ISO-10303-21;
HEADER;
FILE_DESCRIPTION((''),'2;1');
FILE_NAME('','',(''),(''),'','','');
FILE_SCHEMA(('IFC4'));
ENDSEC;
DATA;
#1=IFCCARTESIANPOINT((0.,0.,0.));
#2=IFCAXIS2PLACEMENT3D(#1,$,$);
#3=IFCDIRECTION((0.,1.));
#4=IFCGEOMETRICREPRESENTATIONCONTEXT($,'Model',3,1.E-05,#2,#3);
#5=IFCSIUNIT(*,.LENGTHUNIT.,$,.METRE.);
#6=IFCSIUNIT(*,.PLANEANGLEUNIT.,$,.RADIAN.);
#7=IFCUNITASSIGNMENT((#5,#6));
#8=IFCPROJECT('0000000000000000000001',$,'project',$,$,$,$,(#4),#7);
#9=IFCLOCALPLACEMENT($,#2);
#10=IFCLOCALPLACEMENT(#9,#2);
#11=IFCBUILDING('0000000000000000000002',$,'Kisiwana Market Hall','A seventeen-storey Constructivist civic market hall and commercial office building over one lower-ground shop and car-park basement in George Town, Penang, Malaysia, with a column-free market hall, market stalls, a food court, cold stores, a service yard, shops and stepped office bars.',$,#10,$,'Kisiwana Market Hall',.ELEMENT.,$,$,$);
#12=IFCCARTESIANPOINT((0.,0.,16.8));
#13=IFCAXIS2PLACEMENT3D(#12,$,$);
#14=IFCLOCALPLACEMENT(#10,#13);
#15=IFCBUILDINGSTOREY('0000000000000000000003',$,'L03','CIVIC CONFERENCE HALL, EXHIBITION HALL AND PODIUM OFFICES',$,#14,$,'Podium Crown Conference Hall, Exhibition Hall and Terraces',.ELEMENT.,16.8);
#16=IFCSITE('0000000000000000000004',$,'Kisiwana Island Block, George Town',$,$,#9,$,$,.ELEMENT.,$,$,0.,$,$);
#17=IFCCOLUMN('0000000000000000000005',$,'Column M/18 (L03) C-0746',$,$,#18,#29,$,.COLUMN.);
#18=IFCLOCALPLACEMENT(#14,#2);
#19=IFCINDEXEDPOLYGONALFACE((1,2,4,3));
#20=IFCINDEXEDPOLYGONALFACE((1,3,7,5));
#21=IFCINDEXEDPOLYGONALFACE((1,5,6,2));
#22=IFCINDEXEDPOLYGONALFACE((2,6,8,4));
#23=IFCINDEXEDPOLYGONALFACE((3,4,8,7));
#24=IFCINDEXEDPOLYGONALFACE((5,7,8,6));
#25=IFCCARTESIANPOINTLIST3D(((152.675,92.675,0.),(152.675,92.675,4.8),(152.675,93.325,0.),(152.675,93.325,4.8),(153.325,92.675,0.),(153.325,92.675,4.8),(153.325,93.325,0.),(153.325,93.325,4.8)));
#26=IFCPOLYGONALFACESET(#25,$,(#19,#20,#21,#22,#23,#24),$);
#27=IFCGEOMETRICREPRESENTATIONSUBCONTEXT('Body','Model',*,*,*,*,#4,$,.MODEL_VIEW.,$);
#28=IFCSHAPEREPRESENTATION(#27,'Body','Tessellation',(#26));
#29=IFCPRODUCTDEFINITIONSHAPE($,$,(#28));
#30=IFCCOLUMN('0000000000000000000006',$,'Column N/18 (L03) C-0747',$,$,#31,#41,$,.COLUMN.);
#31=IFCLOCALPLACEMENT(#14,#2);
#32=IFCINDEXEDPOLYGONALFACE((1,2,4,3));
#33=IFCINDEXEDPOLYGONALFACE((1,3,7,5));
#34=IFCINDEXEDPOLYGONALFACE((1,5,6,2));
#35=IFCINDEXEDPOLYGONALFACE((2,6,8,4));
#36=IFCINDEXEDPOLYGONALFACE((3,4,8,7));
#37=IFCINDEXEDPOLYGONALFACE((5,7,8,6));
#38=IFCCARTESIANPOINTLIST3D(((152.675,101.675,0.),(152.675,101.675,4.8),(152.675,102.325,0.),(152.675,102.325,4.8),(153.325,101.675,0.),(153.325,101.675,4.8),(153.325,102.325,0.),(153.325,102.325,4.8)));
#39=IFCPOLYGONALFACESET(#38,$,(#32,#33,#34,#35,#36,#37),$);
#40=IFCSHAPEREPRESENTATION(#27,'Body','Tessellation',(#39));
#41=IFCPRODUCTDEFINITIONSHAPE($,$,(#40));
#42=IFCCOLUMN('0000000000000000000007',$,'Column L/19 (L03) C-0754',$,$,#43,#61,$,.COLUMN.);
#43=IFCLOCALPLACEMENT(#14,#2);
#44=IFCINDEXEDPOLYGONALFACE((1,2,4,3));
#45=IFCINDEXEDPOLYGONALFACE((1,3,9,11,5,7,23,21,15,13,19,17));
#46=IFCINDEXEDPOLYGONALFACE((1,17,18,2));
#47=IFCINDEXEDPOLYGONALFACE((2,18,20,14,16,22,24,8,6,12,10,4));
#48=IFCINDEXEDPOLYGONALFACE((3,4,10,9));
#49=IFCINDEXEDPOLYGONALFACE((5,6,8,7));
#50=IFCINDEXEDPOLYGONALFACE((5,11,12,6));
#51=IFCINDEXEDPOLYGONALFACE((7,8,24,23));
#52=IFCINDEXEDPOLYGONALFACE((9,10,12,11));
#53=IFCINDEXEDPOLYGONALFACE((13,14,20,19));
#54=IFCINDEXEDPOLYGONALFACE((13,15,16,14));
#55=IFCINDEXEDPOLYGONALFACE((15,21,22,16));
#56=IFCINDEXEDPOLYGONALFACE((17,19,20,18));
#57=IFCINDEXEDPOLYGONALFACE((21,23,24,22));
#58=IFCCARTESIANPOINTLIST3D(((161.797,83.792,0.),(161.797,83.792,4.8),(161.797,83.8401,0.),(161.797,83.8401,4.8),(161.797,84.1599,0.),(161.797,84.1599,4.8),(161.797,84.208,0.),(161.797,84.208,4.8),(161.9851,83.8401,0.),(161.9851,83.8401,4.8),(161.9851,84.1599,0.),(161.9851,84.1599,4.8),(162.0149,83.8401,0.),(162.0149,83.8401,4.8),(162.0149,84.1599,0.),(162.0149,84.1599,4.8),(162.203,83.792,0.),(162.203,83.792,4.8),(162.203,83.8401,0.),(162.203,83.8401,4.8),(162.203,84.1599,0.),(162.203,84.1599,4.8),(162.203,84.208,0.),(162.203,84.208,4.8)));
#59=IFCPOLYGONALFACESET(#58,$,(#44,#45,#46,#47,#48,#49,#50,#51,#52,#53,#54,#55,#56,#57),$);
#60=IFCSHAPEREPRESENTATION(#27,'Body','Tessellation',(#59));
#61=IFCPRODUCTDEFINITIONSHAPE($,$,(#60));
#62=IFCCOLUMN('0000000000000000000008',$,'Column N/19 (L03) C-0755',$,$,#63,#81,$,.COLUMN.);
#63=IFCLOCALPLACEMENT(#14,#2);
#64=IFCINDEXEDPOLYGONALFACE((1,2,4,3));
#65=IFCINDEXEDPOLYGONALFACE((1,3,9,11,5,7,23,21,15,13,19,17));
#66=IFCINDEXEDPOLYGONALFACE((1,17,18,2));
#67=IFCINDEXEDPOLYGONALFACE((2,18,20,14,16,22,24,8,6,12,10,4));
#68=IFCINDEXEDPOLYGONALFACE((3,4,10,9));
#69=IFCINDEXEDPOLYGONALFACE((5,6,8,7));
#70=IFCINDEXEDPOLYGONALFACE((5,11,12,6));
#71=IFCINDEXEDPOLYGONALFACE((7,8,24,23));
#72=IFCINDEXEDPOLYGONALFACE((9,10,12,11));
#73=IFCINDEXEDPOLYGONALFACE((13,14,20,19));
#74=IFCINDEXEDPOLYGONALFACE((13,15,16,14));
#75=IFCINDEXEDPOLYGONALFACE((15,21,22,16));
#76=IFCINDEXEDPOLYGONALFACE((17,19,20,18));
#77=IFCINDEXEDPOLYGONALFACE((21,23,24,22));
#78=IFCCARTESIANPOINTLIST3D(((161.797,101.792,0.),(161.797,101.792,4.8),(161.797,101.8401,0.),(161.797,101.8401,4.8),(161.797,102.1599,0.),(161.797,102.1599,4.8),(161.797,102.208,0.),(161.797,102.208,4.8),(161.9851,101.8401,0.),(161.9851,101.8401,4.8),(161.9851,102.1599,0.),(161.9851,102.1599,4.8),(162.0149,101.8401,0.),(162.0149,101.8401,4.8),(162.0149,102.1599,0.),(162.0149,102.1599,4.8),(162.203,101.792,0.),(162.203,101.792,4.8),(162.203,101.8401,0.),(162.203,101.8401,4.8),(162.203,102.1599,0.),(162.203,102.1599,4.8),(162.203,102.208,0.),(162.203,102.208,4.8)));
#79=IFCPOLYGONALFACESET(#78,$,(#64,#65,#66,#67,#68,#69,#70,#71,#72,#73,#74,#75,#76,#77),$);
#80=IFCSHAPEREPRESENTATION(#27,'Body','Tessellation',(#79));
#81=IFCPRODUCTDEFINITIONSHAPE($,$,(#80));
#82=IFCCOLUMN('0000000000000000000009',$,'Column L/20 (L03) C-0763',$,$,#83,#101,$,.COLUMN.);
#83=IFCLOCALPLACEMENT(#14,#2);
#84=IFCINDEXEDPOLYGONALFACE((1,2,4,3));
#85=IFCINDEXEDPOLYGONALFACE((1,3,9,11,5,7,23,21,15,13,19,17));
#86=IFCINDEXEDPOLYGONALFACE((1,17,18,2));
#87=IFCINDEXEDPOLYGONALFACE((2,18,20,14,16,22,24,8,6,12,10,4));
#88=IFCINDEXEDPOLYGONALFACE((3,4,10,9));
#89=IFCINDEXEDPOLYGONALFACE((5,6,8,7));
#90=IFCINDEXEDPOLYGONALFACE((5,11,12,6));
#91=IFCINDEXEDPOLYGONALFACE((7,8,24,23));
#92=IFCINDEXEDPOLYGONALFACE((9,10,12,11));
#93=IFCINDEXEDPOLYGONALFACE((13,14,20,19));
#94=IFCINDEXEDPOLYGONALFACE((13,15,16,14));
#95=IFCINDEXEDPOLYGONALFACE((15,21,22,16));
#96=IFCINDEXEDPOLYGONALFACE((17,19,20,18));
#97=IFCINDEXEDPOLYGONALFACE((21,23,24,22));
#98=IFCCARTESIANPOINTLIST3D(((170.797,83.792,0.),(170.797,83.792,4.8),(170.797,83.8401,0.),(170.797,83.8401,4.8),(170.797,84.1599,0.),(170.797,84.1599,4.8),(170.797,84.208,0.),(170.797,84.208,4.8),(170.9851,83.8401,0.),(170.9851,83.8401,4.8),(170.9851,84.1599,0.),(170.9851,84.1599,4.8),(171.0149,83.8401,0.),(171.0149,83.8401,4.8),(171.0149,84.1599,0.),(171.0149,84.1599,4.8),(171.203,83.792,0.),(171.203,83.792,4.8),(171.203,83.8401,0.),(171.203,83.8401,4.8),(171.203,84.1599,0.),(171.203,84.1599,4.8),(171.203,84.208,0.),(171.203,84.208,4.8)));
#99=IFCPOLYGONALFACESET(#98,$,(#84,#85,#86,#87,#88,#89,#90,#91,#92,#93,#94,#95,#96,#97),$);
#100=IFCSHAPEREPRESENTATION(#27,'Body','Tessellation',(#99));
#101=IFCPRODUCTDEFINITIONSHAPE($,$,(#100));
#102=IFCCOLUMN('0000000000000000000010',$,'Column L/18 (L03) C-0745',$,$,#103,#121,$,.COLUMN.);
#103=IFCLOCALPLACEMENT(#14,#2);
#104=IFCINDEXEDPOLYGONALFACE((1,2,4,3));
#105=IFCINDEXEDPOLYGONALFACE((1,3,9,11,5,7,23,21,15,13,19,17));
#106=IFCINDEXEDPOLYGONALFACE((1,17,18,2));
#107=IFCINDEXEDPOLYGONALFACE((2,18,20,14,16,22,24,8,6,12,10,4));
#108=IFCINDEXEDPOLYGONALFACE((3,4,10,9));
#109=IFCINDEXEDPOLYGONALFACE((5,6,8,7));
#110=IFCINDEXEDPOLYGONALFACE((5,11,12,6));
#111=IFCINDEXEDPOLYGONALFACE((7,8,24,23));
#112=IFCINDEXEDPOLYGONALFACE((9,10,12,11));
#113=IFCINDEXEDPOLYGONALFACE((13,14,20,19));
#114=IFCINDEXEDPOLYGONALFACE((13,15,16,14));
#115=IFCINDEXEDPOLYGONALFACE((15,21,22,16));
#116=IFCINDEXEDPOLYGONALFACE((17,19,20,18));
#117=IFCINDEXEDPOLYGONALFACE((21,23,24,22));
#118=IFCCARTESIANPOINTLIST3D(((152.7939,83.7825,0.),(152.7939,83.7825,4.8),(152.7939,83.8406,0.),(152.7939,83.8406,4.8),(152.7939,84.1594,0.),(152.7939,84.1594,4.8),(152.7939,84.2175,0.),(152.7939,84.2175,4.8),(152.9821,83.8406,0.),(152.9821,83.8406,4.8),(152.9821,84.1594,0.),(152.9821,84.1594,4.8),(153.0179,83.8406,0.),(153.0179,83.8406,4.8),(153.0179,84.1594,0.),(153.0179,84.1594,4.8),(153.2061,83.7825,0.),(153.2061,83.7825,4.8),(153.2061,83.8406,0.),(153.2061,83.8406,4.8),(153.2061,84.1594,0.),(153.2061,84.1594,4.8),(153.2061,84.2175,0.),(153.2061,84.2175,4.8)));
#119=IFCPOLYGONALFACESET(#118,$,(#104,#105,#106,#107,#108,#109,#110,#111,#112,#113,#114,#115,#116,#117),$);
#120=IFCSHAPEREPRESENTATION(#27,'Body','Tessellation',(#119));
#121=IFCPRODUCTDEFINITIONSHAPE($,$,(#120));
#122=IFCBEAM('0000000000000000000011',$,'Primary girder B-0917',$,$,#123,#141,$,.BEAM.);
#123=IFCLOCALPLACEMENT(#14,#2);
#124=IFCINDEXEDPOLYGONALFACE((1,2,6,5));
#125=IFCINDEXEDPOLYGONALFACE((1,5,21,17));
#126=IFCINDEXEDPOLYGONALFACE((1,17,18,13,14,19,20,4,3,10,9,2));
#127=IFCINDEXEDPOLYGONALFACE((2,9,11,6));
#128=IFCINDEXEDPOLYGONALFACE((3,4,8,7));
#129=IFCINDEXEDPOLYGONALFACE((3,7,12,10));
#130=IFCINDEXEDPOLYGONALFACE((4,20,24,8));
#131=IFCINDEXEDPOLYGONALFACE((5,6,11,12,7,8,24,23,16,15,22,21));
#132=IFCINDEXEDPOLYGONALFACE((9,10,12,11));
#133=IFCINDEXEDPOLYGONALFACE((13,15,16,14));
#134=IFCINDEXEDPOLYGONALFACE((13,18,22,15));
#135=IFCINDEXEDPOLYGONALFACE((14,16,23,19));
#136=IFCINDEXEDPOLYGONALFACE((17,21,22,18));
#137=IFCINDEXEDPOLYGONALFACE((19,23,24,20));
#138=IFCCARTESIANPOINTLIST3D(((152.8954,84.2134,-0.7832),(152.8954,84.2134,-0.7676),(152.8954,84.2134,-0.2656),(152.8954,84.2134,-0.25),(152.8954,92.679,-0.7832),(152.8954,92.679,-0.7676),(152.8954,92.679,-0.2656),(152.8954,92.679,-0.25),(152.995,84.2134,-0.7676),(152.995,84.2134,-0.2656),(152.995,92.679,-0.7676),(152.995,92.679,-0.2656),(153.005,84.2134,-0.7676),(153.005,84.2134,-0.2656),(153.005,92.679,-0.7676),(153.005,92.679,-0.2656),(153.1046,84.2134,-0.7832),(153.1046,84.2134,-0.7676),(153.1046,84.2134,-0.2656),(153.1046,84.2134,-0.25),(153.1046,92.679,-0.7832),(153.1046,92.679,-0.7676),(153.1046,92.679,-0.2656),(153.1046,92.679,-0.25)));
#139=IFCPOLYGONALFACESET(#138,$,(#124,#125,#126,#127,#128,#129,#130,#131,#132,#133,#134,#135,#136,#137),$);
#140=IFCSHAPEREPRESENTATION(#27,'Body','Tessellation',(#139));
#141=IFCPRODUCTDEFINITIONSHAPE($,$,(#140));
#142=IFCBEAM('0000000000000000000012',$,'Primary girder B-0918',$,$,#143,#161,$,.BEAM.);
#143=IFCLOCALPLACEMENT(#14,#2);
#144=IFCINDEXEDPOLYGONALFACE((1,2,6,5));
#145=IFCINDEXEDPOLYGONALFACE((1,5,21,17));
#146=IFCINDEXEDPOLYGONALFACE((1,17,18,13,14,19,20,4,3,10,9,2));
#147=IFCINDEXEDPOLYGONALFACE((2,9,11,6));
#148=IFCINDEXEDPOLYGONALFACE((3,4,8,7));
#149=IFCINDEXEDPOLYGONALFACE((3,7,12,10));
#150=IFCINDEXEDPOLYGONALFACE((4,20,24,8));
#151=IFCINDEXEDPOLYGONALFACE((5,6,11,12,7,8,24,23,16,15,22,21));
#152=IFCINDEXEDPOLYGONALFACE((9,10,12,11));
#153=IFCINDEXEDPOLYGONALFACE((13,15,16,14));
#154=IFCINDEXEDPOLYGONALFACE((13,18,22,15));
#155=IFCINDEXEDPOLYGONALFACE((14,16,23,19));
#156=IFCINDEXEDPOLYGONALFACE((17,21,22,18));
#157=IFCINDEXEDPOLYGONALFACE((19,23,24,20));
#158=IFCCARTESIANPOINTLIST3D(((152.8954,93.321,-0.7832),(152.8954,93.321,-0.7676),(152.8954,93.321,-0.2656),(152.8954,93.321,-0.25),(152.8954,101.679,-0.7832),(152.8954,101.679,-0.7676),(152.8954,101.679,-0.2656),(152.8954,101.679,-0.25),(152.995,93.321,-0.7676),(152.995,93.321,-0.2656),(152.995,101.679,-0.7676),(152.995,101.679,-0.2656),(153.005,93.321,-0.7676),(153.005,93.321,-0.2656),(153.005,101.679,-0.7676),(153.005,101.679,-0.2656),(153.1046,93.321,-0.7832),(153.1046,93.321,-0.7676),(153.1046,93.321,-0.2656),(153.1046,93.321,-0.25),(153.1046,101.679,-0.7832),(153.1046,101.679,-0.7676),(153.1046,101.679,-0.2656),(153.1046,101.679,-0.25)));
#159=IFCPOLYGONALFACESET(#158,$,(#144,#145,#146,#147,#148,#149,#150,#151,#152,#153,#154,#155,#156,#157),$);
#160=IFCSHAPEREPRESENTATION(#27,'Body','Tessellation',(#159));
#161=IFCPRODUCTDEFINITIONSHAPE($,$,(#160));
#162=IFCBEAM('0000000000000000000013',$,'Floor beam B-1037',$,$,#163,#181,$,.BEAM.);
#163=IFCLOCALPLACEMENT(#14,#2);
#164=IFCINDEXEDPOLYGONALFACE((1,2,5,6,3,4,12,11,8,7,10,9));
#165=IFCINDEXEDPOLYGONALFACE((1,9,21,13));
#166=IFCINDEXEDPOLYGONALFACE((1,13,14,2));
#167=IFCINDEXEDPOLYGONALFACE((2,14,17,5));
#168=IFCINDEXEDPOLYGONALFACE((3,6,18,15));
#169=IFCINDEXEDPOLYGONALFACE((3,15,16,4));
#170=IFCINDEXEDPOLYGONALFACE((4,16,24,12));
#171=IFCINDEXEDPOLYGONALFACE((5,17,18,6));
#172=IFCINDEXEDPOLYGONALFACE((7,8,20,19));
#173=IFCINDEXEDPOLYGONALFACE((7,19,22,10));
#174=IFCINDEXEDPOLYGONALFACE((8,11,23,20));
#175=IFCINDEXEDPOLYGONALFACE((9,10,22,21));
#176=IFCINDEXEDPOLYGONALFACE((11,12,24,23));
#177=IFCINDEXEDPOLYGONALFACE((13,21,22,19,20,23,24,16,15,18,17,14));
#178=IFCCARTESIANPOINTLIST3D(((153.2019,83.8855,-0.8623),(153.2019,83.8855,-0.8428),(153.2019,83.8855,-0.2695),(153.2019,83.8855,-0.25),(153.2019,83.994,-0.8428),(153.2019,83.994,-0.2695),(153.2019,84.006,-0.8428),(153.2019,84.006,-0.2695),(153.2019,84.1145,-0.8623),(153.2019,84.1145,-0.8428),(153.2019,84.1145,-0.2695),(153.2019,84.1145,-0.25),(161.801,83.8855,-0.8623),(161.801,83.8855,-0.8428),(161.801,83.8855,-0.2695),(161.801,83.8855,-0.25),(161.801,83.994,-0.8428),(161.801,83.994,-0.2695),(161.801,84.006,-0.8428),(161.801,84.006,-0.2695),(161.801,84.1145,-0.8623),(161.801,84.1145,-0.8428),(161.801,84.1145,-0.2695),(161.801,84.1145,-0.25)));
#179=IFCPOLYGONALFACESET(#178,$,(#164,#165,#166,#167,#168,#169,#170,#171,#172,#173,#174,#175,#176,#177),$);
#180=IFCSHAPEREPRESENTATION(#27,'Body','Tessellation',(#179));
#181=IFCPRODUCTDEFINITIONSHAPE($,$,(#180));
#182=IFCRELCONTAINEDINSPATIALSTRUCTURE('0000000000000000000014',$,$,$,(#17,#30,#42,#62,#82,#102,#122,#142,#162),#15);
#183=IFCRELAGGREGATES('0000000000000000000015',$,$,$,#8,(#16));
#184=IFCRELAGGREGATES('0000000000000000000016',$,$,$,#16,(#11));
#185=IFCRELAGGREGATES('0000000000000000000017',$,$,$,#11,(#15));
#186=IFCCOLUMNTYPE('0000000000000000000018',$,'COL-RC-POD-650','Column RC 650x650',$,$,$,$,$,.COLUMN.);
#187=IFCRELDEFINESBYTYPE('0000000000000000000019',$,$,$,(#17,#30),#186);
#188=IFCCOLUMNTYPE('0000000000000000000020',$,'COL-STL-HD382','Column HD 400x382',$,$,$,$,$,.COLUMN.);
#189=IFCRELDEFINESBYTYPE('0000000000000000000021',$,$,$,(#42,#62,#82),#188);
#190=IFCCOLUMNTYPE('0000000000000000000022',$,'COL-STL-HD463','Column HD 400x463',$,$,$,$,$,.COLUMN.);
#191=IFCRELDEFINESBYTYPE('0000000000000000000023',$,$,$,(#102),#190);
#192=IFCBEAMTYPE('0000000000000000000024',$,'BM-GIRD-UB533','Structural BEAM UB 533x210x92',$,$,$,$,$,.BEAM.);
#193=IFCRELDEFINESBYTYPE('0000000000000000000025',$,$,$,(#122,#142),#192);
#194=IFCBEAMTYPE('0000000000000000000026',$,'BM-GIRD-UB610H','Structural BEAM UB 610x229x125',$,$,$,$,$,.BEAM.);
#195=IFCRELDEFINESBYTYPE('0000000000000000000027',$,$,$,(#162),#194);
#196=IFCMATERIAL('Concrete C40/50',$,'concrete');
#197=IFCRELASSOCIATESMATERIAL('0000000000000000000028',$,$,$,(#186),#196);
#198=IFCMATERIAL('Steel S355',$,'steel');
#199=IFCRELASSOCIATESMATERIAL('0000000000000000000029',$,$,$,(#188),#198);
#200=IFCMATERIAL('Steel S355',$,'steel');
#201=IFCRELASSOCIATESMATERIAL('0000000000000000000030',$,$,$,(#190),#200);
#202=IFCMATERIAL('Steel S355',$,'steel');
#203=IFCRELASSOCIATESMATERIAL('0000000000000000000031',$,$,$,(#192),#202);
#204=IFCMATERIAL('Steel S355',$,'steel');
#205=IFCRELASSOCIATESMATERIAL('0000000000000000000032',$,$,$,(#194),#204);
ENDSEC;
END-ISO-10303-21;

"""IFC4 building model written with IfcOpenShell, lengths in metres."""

from ifc_helpers import new_model, si_unit, direction, frame, origin, origin_2d, place, context, subcontext, project, spatial, rectangle, i_section, extrude, material, material_profile, profile_set, type_object, element, save


model = new_model("IFC4")

# Units and contexts
model_context = context("Model", 3, precision=1e-05, world=origin(), true_north=direction((0.0, 1.0)))
body_context = subcontext(model_context, "Body", "Model", "MODEL_VIEW")
ifc_project = project(units=[si_unit("LENGTHUNIT", "METRE"), si_unit("PLANEANGLEUNIT", "RADIAN")], contexts=[model_context])

# Site, building, storey
site_placement = place(None, origin())
site = spatial("IfcSite", under=ifc_project, at=site_placement, Name="Kisiwana Island Block, George Town", CompositionType="ELEMENT", RefElevation=0.0)
building_placement = place(site_placement, origin())
building = spatial("IfcBuilding", under=site, at=building_placement, Name="Kisiwana Market Hall", Description="A seventeen-storey Constructivist civic market hall and commercial office building over one lower-ground shop and car-park basement in George Town, Penang, Malaysia, with a column-free market hall, market stalls, a food court, cold stores, a service yard, shops and stepped office bars.", LongName="Kisiwana Market Hall", CompositionType="ELEMENT")
storey_placement = place(building_placement, frame((0.0, 0.0, 16.8)))
storey = spatial("IfcBuildingStorey", under=building, at=storey_placement, Name="L03", Description="CIVIC CONFERENCE HALL, EXHIBITION HALL AND PODIUM OFFICES", LongName="Podium Crown Conference Hall, Exhibition Hall and Terraces", CompositionType="ELEMENT", Elevation=16.8)

# Columns
ifc_material_1 = material(Name="Concrete C40/50", Category="concrete")
ifc_material_profile_1 = material_profile(ifc_material_1, rectangle(XDim=0.6499, YDim=0.6499, at=origin_2d()), Name="RC 650x650")
ifc_profile_set_1 = profile_set([ifc_material_profile_1], Name="Concrete C40/50")
column_type_1 = type_object("IfcColumnType", Name="COL-RC-POD-650", Description="Column RC 650x650", PredefinedType="COLUMN", material=ifc_profile_set_1)
for number, where, z_axis, x_axis, name in (
    (1, (153.0, 93.0, 0.0), (0.0, 0.0, 1.0), (1.0, 0.0, 0.0), "Column M/18 (L03) C-0746"),
    (2, (153.0, 102.0, 0.0), (0.0, 0.0, 1.0), (1.0, 0.0, 0.0), "Column N/18 (L03) C-0747"),
):
    element("IfcColumn", number, at=place(storey_placement, frame(where, z_axis=z_axis, x_axis=x_axis)), inside=storey, type_object=column_type_1, Name=name, PredefinedType="COLUMN", context=body_context, shape_type="SweptSolid", body=[
        extrude(rectangle(XDim=0.6499, YDim=0.6499, at=origin_2d()), origin(), (0.0, 0.0, 1.0), 4.8),
    ])
ifc_material_2 = material(Name="Steel S355", Category="steel")
ifc_material_profile_2 = material_profile(ifc_material_2, i_section(OverallWidth=0.406, OverallDepth=0.416, WebThickness=0.0298, FlangeThickness=0.0481, at=origin_2d()), Name="HD 400x382")
ifc_profile_set_2 = profile_set([ifc_material_profile_2], Name="Steel S355")
column_type_2 = type_object("IfcColumnType", Name="COL-STL-HD382", Description="Column HD 400x382", PredefinedType="COLUMN", material=ifc_profile_set_2)
for number, where, z_axis, x_axis, name in (
    (3, (162.0, 84.0, 0.0), (0.0, 0.0, 1.0), (1.0, 0.0, 0.0), "Column L/19 (L03) C-0754"),
    (4, (162.0, 102.0, 0.0), (0.0, 0.0, 1.0), (1.0, 0.0, 0.0), "Column N/19 (L03) C-0755"),
    (5, (171.0, 84.0, 0.0), (0.0, 0.0, 1.0), (1.0, 0.0, 0.0), "Column L/20 (L03) C-0763"),
):
    element("IfcColumn", number, at=place(storey_placement, frame(where, z_axis=z_axis, x_axis=x_axis)), inside=storey, type_object=column_type_2, Name=name, PredefinedType="COLUMN", context=body_context, shape_type="SweptSolid", body=[
        extrude(i_section(OverallWidth=0.406, OverallDepth=0.416, WebThickness=0.0298, FlangeThickness=0.0481, at=origin_2d()), origin(), (0.0, 0.0, 1.0), 4.8),
    ])
ifc_material_3 = material(Name="Steel S355", Category="steel")
ifc_material_profile_3 = material_profile(ifc_material_3, i_section(OverallWidth=0.4121, OverallDepth=0.4351, WebThickness=0.0359, FlangeThickness=0.0581, at=origin_2d()), Name="HD 400x463")
ifc_profile_set_3 = profile_set([ifc_material_profile_3], Name="Steel S355")
column_type_3 = type_object("IfcColumnType", Name="COL-STL-HD463", Description="Column HD 400x463", PredefinedType="COLUMN", material=ifc_profile_set_3)
column_placement = place(storey_placement, frame((153.0, 84.0, 0.0), z_axis=(0.0, 0.0, 1.0), x_axis=(1.0, 0.0, 0.0)))
element("IfcColumn", 6, at=column_placement, inside=storey, type_object=column_type_3, Name="Column L/18 (L03) C-0745", PredefinedType="COLUMN", context=body_context, shape_type="SweptSolid", body=[
    extrude(i_section(OverallWidth=0.4121, OverallDepth=0.4351, WebThickness=0.0359, FlangeThickness=0.0581, at=origin_2d()), origin(), (0.0, 0.0, 1.0), 4.8),
])

# Beams
ifc_material_4 = material(Name="Steel S355", Category="steel")
ifc_material_profile_4 = material_profile(ifc_material_4, i_section(OverallWidth=0.2092, OverallDepth=0.5332, WebThickness=0.01, FlangeThickness=0.0156, at=origin_2d()), Name="UB 533x210x92")
ifc_profile_set_4 = profile_set([ifc_material_profile_4], Name="Steel S355")
beam_type_1 = type_object("IfcBeamType", Name="BM-GIRD-UB533", Description="Structural BEAM UB 533x210x92", PredefinedType="BEAM", material=ifc_profile_set_4)
beam_1_placement = place(storey_placement, frame((153.0, 84.2134, -0.5166), z_axis=(0.0, 1.0, 0.0), x_axis=(-1.0, 0.0, 0.0)))
element("IfcBeam", 7, at=beam_1_placement, inside=storey, type_object=beam_type_1, Name="Primary girder B-0917", PredefinedType="BEAM", context=body_context, shape_type="SweptSolid", body=[
    extrude(i_section(OverallWidth=0.2092, OverallDepth=0.5332, WebThickness=0.01, FlangeThickness=0.0156, at=origin_2d()), origin(), (0.0, 0.0, 1.0), 8.4656),
])
beam_2_placement = place(storey_placement, frame((153.0, 93.321, -0.5166), z_axis=(0.0, 1.0, 0.0), x_axis=(-1.0, 0.0, 0.0)))
element("IfcBeam", 8, at=beam_2_placement, inside=storey, type_object=beam_type_1, Name="Primary girder B-0918", PredefinedType="BEAM", context=body_context, shape_type="SweptSolid", body=[
    extrude(i_section(OverallWidth=0.2092, OverallDepth=0.5332, WebThickness=0.01, FlangeThickness=0.0156, at=origin_2d()), origin(), (0.0, 0.0, 1.0), 8.3579),
])
ifc_material_5 = material(Name="Steel S355", Category="steel")
ifc_material_profile_5 = material_profile(ifc_material_5, i_section(OverallWidth=0.229, OverallDepth=0.6123, WebThickness=0.012, FlangeThickness=0.0195, at=origin_2d()), Name="UB 610x229x125")
ifc_profile_set_5 = profile_set([ifc_material_profile_5], Name="Steel S355")
beam_type_2 = type_object("IfcBeamType", Name="BM-GIRD-UB610H", Description="Structural BEAM UB 610x229x125", PredefinedType="BEAM", material=ifc_profile_set_5)
beam_3_placement = place(storey_placement, frame((153.2019, 84.0, -0.5562), z_axis=(1.0, 0.0, 0.0), x_axis=(0.0, 1.0, 0.0)))
element("IfcBeam", 9, at=beam_3_placement, inside=storey, type_object=beam_type_2, Name="Floor beam B-1037", PredefinedType="BEAM", context=body_context, shape_type="SweptSolid", body=[
    extrude(i_section(OverallWidth=0.229, OverallDepth=0.6123, WebThickness=0.012, FlangeThickness=0.0195, at=origin_2d()), origin(), (0.0, 0.0, 1.0), 8.5991),
])

save(model, "model.ifc")
